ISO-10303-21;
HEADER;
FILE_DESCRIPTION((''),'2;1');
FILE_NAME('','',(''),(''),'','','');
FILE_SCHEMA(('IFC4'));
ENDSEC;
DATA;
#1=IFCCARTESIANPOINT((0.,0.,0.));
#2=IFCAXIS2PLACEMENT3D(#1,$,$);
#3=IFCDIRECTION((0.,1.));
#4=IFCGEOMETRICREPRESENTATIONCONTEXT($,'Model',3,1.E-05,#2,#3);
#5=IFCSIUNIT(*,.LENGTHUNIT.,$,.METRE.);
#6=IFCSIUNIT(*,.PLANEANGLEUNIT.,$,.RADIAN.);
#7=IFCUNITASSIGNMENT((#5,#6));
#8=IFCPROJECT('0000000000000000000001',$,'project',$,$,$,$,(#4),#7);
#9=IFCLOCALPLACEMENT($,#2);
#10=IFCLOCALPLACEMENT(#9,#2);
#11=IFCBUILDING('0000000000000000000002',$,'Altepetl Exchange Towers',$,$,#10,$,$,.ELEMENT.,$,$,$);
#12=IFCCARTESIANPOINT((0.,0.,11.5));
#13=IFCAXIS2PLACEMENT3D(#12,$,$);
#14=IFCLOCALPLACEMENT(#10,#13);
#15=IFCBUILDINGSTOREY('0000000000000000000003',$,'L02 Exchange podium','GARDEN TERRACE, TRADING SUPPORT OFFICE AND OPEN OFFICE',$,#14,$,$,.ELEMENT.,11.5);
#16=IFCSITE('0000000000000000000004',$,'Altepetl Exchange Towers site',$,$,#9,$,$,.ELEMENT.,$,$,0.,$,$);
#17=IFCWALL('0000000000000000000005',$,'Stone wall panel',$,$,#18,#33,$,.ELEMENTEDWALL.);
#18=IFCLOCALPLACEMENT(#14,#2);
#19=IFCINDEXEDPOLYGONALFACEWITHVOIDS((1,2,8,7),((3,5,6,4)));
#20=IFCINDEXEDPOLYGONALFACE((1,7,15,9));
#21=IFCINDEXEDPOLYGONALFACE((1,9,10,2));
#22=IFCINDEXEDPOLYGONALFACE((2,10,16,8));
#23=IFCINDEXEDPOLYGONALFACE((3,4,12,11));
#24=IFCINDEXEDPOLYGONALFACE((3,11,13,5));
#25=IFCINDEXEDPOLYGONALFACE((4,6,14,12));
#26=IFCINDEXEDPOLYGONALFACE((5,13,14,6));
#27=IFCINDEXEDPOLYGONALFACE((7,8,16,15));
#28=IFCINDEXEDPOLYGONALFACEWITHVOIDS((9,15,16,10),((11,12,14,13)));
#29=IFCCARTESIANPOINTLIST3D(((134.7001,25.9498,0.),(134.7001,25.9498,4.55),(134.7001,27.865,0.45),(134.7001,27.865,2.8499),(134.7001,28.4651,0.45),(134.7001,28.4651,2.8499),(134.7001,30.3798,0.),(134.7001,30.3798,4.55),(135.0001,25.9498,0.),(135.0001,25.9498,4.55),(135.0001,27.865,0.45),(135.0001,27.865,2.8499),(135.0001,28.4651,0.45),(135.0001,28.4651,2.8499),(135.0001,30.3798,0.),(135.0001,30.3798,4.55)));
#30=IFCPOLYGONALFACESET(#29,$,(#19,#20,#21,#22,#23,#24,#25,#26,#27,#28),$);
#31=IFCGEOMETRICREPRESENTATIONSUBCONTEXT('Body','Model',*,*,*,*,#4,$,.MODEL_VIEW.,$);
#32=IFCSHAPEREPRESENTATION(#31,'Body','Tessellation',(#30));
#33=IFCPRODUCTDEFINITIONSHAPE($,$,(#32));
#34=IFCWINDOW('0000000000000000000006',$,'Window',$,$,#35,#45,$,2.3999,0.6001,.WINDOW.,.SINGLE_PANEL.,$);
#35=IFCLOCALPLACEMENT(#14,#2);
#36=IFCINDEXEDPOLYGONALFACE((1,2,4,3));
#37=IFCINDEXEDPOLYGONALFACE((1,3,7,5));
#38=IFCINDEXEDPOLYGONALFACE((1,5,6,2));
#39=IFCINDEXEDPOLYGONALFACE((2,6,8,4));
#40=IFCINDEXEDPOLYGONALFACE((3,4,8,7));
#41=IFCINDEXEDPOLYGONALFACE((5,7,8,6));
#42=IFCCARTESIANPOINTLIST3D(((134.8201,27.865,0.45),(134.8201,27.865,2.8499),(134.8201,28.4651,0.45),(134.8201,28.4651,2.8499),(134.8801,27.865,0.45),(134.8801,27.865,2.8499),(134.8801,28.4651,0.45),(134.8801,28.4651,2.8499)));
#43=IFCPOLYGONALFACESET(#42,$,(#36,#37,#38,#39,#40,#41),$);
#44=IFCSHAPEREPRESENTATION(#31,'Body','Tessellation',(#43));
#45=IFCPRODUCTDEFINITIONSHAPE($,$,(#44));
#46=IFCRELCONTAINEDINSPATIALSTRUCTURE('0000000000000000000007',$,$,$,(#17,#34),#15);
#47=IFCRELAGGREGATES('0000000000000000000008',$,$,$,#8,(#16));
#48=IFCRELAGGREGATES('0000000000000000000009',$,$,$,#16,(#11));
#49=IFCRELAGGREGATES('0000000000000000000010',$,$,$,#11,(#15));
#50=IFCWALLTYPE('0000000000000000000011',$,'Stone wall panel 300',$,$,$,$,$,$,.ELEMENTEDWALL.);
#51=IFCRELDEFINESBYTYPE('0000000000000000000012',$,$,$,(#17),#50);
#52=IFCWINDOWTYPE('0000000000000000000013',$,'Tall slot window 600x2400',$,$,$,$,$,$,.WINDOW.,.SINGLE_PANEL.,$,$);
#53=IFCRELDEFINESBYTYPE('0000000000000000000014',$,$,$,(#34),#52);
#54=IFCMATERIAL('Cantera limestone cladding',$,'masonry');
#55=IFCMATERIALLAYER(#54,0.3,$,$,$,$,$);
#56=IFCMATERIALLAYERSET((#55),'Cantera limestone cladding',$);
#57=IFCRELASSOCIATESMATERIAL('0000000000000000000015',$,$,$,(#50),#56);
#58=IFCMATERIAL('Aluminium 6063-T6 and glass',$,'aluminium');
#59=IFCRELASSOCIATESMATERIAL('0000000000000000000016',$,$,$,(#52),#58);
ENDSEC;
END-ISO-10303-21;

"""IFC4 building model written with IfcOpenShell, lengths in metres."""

from ifc_helpers import new_model, si_unit, direction, frame, frame_2d, origin, place, context, subcontext, project, spatial, rectangle, extrude, material, layer, layer_set, type_object, element, fill, save


model = new_model("IFC4")

# Units and contexts
model_context = context("Model", 3, precision=1e-05, world=origin(), true_north=direction((0.0, 1.0)))
body_context = subcontext(model_context, "Body", "Model", "MODEL_VIEW")
ifc_project = project(units=[si_unit("LENGTHUNIT", "METRE"), si_unit("PLANEANGLEUNIT", "RADIAN")], contexts=[model_context])

# Site, building, storey
site_placement = place(None, origin())
site = spatial("IfcSite", under=ifc_project, at=site_placement, Name="Altepetl Exchange Towers site", CompositionType="ELEMENT", RefElevation=0.0)
building_placement = place(site_placement, origin())
building = spatial("IfcBuilding", under=site, at=building_placement, Name="Altepetl Exchange Towers", CompositionType="ELEMENT")
storey_placement = place(building_placement, frame((0.0, 0.0, 11.5)))
storey = spatial("IfcBuildingStorey", under=building, at=storey_placement, Name="L02 Exchange podium", Description="GARDEN TERRACE, TRADING SUPPORT OFFICE AND OPEN OFFICE", CompositionType="ELEMENT", Elevation=11.5)

# Shared definitions
ifc_material_1 = material(Name="Aluminium 6063-T6 and glass", Category="aluminium")

# Wall, opening, window
ifc_material_2 = material(Name="Cantera limestone cladding", Category="masonry")
ifc_layer_1 = layer(ifc_material_2, 0.3)
ifc_layer_set_1 = layer_set([ifc_layer_1], Name="Cantera limestone cladding")
wall_type_1 = type_object("IfcWallType", Name="Stone wall panel 300", PredefinedType="ELEMENTEDWALL", material=ifc_layer_set_1)
window_type = type_object("IfcWindowType", Name="Tall slot window 600x2400", PartitioningType="SINGLE_PANEL", PredefinedType="WINDOW", material=ifc_material_1)
wall_1_placement = place(storey_placement, frame((134.8501, 25.95, 0.0), z_axis=(0.0, 0.0, 1.0), x_axis=(0.0, 1.0, 0.0)))
wall_1 = element("IfcWall", 1, at=wall_1_placement, inside=storey, type_object=wall_type_1, Name="Stone wall panel", PredefinedType="ELEMENTEDWALL", context=body_context, shape_type="SweptSolid", body=[
    extrude(rectangle(XDim=4.4299, YDim=0.3, at=frame_2d((2.2148, 0.0))), origin(), (0.0, 0.0, 1.0), 4.55),
])
opening_1_placement = place(wall_1_placement, frame((1.915, 0.0, 0.45)))
opening_1 = element("IfcOpeningElement", 2, at=opening_1_placement, cuts=wall_1, PredefinedType="OPENING", context=body_context, shape_type="SweptSolid", body=[
    extrude(rectangle(XDim=0.6001, YDim=2.3999, at=frame_2d((0.3, 1.2))), frame((0.0, 0.1602, 0.0), z_axis=(0.0, -1.0, 0.0), x_axis=(1.0, 0.0, 0.0)), (0.0, 0.0, 1.0), 0.3201),
])
window_1_placement = place(opening_1_placement, origin())
window_1 = element("IfcWindow", 3, at=window_1_placement, inside=storey, type_object=window_type, Name="Window", OverallHeight=2.3999, OverallWidth=0.6001, PartitioningType="SINGLE_PANEL", PredefinedType="WINDOW", context=body_context, shape_type="SweptSolid", body=[
    extrude(rectangle(XDim=0.6001, YDim=2.3999, at=frame_2d((0.3, 1.2))), frame((0.0, 0.03, 0.0), z_axis=(0.0, -1.0, 0.0), x_axis=(1.0, 0.0, 0.0)), (0.0, 0.0, 1.0), 0.0601),
])
fill(opening_1, window_1)

save(model, "model.ifc")
